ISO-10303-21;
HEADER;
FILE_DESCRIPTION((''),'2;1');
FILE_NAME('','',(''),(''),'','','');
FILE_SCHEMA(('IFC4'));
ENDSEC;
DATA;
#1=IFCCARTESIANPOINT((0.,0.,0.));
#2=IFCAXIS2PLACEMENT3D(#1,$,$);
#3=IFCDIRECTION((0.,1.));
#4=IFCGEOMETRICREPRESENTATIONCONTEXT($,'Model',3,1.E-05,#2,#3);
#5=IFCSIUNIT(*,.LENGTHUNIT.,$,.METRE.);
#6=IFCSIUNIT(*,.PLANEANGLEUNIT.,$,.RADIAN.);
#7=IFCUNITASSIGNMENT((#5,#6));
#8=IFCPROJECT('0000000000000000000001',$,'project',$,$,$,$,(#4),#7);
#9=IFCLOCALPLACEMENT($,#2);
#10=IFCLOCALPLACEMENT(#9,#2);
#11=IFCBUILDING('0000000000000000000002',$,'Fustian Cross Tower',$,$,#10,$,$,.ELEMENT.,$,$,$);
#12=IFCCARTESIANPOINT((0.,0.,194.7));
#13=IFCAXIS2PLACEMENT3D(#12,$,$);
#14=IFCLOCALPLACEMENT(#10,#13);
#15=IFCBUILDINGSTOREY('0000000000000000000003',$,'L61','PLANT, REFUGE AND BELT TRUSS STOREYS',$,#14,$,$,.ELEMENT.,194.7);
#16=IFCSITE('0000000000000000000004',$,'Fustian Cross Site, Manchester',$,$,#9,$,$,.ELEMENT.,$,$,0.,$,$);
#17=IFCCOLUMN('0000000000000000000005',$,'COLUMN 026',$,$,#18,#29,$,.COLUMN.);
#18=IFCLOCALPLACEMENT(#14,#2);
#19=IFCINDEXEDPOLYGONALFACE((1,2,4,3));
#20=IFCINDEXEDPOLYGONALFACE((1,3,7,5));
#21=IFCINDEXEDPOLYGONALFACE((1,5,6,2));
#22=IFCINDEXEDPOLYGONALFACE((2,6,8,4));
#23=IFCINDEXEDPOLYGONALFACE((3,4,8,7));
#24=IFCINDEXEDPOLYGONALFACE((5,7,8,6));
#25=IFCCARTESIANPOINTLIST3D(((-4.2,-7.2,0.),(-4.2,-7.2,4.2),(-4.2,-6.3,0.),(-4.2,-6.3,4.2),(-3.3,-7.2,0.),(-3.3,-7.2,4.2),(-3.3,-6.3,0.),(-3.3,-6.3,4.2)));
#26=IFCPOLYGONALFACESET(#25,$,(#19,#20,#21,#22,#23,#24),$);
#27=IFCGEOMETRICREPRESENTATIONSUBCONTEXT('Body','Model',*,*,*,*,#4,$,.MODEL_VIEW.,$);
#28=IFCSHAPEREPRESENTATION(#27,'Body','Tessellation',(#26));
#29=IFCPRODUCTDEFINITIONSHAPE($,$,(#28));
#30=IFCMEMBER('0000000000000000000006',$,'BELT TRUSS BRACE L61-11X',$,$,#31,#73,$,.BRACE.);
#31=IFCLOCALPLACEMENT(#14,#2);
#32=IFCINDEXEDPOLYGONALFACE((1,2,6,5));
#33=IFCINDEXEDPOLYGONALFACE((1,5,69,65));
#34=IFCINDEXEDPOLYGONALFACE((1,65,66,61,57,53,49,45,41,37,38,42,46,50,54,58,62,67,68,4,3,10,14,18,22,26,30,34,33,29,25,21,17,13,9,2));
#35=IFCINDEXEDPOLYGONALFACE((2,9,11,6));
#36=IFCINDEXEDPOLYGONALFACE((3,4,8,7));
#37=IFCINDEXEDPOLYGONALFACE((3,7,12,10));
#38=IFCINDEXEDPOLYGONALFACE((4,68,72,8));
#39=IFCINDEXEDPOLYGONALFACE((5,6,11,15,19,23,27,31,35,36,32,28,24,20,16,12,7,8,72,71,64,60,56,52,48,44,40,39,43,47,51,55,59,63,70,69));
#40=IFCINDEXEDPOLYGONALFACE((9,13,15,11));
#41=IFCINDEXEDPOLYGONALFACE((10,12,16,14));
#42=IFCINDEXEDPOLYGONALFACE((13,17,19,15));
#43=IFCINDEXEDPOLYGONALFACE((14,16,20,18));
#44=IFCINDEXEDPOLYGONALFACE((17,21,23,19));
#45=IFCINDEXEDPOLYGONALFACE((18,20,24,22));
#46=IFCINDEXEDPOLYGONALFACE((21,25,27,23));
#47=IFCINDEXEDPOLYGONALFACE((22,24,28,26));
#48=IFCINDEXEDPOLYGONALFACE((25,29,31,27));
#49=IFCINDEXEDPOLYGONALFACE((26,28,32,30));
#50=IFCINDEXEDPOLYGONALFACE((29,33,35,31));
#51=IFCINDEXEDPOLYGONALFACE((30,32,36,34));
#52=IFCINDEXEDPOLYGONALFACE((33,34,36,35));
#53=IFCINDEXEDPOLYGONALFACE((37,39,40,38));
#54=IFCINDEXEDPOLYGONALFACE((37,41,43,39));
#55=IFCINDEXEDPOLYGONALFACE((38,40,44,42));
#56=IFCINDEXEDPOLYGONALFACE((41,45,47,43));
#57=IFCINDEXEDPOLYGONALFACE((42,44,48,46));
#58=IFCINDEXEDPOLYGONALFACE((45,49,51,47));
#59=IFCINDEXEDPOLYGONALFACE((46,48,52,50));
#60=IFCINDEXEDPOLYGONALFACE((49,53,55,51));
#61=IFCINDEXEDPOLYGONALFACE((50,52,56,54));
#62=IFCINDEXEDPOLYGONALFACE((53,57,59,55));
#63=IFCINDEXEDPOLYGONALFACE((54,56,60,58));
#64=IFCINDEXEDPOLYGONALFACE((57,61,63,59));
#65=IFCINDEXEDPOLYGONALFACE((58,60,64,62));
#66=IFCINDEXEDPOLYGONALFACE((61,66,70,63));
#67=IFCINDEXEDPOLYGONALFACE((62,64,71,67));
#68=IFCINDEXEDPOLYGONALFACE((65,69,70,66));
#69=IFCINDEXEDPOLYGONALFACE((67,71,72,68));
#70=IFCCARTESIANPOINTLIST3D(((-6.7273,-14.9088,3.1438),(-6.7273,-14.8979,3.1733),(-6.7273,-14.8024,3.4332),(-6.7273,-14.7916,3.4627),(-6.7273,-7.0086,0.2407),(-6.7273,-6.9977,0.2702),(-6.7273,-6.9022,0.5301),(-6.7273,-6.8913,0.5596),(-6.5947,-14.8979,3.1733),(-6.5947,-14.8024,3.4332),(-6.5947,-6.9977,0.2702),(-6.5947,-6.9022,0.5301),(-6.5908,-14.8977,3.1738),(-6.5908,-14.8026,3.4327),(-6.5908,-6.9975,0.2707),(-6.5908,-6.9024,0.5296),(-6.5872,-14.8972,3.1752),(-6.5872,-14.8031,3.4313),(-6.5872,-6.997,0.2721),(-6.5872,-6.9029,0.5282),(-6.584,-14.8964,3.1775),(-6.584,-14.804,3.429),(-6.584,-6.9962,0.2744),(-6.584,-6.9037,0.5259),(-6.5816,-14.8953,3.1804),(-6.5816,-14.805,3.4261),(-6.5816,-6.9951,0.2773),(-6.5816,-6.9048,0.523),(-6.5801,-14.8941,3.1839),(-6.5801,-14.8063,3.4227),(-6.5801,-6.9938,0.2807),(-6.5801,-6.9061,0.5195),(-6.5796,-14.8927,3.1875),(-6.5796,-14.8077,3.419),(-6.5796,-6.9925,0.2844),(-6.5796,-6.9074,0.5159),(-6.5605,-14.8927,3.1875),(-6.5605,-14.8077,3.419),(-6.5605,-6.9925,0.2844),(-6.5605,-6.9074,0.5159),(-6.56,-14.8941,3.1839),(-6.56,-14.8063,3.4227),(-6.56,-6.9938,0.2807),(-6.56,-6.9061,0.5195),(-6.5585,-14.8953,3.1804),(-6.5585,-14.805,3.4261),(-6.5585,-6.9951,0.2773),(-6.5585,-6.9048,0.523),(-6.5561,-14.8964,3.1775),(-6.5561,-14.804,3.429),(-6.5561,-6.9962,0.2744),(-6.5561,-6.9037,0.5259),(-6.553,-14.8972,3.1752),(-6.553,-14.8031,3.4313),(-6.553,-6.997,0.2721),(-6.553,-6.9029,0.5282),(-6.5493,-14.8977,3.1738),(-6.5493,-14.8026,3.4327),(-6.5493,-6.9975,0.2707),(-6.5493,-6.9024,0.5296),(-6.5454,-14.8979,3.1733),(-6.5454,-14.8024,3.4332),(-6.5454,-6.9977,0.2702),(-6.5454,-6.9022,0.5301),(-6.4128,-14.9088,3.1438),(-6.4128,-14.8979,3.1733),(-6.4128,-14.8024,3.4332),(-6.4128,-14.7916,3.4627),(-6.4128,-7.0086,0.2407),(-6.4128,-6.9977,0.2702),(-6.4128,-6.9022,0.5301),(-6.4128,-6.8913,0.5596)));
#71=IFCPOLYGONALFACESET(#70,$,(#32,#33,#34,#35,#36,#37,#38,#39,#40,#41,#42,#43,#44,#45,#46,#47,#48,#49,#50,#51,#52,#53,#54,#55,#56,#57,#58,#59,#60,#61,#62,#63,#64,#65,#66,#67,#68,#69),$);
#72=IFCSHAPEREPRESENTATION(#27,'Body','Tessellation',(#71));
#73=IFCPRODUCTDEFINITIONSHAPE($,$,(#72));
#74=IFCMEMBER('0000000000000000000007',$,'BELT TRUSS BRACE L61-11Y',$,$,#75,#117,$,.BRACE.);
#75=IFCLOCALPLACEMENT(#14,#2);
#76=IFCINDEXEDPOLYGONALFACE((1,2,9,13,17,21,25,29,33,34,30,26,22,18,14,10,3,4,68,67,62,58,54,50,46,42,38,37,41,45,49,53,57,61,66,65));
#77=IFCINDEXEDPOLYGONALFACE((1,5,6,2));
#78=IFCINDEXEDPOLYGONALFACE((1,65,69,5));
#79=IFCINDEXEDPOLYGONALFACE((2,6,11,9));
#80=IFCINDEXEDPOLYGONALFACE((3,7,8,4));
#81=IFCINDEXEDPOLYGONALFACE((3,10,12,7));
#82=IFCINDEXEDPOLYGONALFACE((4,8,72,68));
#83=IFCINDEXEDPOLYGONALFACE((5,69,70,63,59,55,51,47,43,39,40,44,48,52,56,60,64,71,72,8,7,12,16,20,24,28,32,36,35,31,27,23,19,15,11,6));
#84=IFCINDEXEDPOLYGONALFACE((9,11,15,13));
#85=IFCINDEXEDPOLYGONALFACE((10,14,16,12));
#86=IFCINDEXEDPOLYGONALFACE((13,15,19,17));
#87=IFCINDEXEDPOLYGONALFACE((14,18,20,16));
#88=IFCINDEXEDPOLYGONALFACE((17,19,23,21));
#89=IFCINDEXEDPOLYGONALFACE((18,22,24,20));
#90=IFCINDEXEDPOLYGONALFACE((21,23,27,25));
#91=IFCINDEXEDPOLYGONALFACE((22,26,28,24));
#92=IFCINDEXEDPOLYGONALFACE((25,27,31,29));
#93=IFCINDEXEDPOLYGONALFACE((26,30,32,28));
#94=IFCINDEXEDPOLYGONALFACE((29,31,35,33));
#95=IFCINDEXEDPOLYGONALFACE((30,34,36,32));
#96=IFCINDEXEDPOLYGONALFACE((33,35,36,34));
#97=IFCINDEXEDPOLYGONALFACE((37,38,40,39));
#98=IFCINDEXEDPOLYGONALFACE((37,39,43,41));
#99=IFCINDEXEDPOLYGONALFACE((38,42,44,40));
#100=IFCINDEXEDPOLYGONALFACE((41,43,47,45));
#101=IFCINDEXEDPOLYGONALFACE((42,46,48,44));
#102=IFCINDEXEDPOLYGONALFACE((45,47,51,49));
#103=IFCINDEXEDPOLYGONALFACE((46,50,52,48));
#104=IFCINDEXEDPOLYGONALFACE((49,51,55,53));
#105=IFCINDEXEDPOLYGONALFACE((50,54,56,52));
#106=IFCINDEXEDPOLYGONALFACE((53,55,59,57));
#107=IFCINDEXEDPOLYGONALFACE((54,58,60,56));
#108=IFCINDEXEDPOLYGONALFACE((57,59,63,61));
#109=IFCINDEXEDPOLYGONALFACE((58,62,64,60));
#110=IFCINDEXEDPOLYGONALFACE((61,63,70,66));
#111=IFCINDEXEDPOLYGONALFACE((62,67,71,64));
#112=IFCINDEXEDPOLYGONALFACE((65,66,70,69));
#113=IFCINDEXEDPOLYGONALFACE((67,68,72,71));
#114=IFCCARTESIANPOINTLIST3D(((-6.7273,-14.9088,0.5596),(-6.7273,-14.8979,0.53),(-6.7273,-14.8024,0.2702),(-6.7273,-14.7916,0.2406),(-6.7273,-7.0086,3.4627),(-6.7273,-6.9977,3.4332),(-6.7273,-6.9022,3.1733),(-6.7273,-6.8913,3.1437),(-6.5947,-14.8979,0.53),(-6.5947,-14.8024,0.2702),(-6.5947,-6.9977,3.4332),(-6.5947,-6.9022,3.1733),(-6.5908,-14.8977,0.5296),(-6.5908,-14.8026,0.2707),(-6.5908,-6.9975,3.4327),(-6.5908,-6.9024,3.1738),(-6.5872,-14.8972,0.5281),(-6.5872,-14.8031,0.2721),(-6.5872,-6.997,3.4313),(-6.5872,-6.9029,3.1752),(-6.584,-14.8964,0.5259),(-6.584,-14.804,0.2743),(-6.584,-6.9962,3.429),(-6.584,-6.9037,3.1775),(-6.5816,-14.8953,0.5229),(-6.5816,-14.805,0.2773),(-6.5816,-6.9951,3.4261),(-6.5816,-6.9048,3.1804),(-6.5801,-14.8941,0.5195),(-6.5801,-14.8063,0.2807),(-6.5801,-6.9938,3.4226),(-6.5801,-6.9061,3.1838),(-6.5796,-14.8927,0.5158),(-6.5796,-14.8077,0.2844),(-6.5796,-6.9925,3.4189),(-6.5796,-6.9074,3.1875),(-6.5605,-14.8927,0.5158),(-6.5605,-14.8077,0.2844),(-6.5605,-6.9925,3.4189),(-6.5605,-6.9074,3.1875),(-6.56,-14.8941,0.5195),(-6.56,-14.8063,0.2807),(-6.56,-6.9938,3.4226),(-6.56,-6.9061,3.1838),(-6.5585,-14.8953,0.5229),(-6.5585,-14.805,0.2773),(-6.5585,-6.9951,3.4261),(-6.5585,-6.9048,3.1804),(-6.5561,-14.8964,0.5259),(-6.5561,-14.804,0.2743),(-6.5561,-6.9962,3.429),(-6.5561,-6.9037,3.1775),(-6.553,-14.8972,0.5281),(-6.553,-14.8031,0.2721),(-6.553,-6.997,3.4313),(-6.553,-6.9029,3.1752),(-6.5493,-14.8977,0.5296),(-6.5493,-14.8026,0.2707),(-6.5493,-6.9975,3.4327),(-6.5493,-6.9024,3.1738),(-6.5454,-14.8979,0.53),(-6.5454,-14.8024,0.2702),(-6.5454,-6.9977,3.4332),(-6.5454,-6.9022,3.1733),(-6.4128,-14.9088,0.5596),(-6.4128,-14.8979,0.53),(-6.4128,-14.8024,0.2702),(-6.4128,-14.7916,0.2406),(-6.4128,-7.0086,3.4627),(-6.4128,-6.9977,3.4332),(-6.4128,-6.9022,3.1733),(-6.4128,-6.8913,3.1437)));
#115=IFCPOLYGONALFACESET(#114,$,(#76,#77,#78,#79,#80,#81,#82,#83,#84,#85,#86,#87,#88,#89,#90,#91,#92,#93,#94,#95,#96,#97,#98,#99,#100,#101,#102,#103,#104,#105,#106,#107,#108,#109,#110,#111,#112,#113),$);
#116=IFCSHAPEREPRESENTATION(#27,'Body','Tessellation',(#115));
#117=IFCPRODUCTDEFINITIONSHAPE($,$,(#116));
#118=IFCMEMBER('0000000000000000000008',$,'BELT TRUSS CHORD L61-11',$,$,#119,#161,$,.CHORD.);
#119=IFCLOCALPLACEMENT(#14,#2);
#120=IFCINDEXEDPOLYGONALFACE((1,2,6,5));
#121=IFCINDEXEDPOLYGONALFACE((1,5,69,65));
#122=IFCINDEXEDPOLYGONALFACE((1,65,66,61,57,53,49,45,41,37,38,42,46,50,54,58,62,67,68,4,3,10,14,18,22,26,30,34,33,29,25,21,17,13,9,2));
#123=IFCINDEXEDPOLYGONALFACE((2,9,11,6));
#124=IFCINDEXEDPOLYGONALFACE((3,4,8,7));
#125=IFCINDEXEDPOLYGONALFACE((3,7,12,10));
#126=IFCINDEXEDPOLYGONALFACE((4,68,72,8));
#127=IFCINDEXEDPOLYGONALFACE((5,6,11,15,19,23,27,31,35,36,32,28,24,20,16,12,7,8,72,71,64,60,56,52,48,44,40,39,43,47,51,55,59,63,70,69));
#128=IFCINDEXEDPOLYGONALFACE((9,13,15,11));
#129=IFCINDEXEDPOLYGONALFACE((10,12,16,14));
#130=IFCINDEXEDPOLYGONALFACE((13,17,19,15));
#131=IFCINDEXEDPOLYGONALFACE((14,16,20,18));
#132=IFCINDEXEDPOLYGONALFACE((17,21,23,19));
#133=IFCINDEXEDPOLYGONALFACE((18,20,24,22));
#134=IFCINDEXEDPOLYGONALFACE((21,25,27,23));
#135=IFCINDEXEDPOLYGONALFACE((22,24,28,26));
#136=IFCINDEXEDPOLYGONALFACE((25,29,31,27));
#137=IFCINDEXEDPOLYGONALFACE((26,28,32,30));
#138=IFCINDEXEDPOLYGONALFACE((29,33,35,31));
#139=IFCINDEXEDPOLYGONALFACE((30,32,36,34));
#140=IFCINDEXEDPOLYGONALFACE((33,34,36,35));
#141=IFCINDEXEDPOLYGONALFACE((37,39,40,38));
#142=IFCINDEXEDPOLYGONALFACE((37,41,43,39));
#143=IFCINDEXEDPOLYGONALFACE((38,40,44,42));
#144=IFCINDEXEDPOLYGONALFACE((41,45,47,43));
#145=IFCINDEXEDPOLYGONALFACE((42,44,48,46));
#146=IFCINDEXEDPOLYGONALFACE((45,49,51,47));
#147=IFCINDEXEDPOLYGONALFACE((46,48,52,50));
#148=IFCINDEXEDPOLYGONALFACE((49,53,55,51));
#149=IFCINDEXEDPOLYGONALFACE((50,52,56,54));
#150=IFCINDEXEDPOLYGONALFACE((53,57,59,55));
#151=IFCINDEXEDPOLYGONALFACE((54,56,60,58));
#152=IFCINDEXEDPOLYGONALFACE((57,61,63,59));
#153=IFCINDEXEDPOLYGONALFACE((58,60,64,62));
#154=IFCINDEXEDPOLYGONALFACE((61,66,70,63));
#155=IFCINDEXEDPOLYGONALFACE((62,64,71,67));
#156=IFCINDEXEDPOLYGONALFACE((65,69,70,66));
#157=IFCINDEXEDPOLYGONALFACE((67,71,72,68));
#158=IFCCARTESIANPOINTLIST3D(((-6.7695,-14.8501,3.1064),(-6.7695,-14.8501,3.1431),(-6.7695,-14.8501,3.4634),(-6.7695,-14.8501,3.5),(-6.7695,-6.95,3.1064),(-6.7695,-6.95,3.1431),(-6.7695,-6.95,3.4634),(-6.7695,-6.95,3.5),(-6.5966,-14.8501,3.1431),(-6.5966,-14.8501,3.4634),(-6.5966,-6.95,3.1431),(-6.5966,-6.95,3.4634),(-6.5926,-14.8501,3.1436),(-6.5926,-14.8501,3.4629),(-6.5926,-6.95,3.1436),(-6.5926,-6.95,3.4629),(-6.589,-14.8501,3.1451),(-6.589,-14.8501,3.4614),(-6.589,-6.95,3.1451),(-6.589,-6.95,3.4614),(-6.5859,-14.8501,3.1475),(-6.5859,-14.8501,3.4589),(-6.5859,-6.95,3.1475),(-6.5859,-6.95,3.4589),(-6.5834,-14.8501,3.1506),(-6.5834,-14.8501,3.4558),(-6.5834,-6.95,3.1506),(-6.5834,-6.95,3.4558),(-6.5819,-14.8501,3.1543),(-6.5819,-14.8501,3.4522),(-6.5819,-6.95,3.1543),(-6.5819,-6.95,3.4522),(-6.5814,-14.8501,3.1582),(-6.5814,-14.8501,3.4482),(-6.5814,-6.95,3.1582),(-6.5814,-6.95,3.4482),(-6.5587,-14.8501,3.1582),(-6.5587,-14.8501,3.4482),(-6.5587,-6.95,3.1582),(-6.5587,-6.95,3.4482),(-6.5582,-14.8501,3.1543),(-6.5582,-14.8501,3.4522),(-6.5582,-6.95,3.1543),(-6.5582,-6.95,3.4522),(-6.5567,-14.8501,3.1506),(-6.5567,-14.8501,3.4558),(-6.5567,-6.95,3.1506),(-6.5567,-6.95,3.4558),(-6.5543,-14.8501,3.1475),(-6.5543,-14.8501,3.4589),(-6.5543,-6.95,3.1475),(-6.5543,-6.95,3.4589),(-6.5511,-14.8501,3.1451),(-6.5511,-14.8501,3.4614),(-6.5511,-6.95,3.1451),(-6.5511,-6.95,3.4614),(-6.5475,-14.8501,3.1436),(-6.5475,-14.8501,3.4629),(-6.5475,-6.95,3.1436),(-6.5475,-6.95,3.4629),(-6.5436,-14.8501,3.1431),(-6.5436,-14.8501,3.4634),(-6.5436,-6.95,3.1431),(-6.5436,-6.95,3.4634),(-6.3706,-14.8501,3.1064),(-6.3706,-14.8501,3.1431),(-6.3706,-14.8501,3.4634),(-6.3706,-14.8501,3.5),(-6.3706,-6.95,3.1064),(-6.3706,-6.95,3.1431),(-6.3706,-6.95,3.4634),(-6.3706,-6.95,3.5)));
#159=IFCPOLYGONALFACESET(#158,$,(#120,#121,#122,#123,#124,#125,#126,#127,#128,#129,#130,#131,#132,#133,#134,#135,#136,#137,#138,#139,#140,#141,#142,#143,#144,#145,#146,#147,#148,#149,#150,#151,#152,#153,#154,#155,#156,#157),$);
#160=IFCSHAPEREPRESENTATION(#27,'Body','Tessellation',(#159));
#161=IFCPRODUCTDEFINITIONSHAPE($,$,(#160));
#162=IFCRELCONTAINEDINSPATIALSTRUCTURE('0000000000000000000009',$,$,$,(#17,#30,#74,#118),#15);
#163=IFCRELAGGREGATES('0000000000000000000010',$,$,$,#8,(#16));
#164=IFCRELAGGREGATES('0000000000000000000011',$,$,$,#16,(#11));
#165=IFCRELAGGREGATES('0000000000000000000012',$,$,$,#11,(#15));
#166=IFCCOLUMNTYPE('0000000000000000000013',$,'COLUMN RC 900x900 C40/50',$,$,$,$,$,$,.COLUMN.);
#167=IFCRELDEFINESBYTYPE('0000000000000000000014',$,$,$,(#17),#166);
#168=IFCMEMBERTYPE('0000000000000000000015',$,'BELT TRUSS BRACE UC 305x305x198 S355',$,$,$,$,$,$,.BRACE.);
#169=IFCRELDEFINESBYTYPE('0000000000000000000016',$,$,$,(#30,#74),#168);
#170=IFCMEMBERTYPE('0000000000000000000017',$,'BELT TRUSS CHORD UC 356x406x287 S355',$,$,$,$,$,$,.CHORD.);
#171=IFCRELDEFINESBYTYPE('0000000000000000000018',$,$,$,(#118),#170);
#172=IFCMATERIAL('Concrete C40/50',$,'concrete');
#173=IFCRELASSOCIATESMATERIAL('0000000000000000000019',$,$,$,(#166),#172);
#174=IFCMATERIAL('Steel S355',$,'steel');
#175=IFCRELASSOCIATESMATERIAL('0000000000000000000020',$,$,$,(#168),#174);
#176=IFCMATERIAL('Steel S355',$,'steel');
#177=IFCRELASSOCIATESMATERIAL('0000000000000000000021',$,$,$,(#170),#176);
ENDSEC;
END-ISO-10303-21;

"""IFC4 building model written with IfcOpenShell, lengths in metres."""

from ifc_helpers import new_model, si_unit, direction, frame, origin, origin_2d, place, context, subcontext, project, spatial, rectangle, i_section, extrude, material, material_profile, profile_set, type_object, element, save


model = new_model("IFC4")

# Units and contexts
model_context = context("Model", 3, precision=1e-05, world=origin(), true_north=direction((0.0, 1.0)))
body_context = subcontext(model_context, "Body", "Model", "MODEL_VIEW")
ifc_project = project(units=[si_unit("LENGTHUNIT", "METRE"), si_unit("PLANEANGLEUNIT", "RADIAN")], contexts=[model_context])

# Site, building, storey
site_placement = place(None, origin())
site = spatial("IfcSite", under=ifc_project, at=site_placement, Name="Fustian Cross Site, Manchester", CompositionType="ELEMENT", RefElevation=0.0)
building_placement = place(site_placement, origin())
building = spatial("IfcBuilding", under=site, at=building_placement, Name="Fustian Cross Tower", CompositionType="ELEMENT")
storey_placement = place(building_placement, frame((0.0, 0.0, 194.7)))
storey = spatial("IfcBuildingStorey", under=building, at=storey_placement, Name="L61", Description="PLANT, REFUGE AND BELT TRUSS STOREYS", CompositionType="ELEMENT", Elevation=194.7)

# Column
ifc_material_1 = material(Name="Concrete C40/50", Category="concrete")
ifc_material_profile_1 = material_profile(ifc_material_1, rectangle(XDim=0.8999, YDim=0.8999, at=origin_2d()), Name="RC 900x900")
ifc_profile_set_1 = profile_set([ifc_material_profile_1], Name="Concrete C40/50")
column_type = type_object("IfcColumnType", Name="COLUMN RC 900x900 C40/50", PredefinedType="COLUMN", material=ifc_profile_set_1)
column_placement = place(storey_placement, frame((-3.75, -6.75, 0.0), z_axis=(0.0, 0.0, 1.0), x_axis=(1.0, 0.0, 0.0)))
element("IfcColumn", 1, at=column_placement, inside=storey, type_object=column_type, Name="COLUMN 026", PredefinedType="COLUMN", context=body_context, shape_type="SweptSolid", body=[
    extrude(rectangle(XDim=0.8999, YDim=0.8999, at=origin_2d()), origin(), (0.0, 0.0, 1.0), 4.2),
])

# Members
ifc_material_2 = material(Name="Steel S355", Category="steel")
ifc_material_profile_2 = material_profile(ifc_material_2, i_section(OverallWidth=0.3145, OverallDepth=0.3398, WebThickness=0.019, FlangeThickness=0.0315, FilletRadius=0.0151, at=origin_2d()), Name="UC 305x305x198")
ifc_profile_set_2 = profile_set([ifc_material_profile_2], Name="Steel S355")
member_type_1 = type_object("IfcMemberType", Name="BELT TRUSS BRACE UC 305x305x198 S355", PredefinedType="BRACE", material=ifc_profile_set_2)
for number, where, z_axis, x_axis, name in (
    (2, (-6.5701, -6.95, 0.4001), (0.0, -0.938632, 0.34492), (1.0, 0.0, 0.0), "BELT TRUSS BRACE L61-11X"),
    (3, (-6.5701, -6.95, 3.3032), (0.0, -0.938632, -0.34492), (1.0, 0.0, 0.0), "BELT TRUSS BRACE L61-11Y"),
):
    element("IfcMember", number, at=place(storey_placement, frame(where, z_axis=z_axis, x_axis=x_axis)), inside=storey, type_object=member_type_1, Name=name, PredefinedType="BRACE", context=body_context, shape_type="SweptSolid", body=[
        extrude(i_section(OverallWidth=0.3145, OverallDepth=0.3398, WebThickness=0.019, FlangeThickness=0.0315, FilletRadius=0.0151, at=origin_2d()), origin(), (0.0, 0.0, 1.0), 8.4167),
    ])
ifc_material_3 = material(Name="Steel S355", Category="steel")
ifc_material_profile_3 = material_profile(ifc_material_3, i_section(OverallWidth=0.3989, OverallDepth=0.3936, WebThickness=0.0227, FlangeThickness=0.0366, FilletRadius=0.0151, at=origin_2d()), Name="UC 356x406x287")
ifc_profile_set_3 = profile_set([ifc_material_profile_3], Name="Steel S355")
member_type_2 = type_object("IfcMemberType", Name="BELT TRUSS CHORD UC 356x406x287 S355", PredefinedType="CHORD", material=ifc_profile_set_3)
for number, where, z_axis, x_axis, name in (
    (4, (-6.5701, -6.95, 3.3032), (0.0, -1.0, 0.0), (1.0, 0.0, 0.0), "BELT TRUSS CHORD L61-11"),
):
    element("IfcMember", number, at=place(storey_placement, frame(where, z_axis=z_axis, x_axis=x_axis)), inside=storey, type_object=member_type_2, Name=name, PredefinedType="CHORD", context=body_context, shape_type="SweptSolid", body=[
        extrude(i_section(OverallWidth=0.3989, OverallDepth=0.3936, WebThickness=0.0227, FlangeThickness=0.0366, FilletRadius=0.0151, at=origin_2d()), origin(), (0.0, 0.0, 1.0), 7.9001),
    ])

save(model, "model.ifc")
